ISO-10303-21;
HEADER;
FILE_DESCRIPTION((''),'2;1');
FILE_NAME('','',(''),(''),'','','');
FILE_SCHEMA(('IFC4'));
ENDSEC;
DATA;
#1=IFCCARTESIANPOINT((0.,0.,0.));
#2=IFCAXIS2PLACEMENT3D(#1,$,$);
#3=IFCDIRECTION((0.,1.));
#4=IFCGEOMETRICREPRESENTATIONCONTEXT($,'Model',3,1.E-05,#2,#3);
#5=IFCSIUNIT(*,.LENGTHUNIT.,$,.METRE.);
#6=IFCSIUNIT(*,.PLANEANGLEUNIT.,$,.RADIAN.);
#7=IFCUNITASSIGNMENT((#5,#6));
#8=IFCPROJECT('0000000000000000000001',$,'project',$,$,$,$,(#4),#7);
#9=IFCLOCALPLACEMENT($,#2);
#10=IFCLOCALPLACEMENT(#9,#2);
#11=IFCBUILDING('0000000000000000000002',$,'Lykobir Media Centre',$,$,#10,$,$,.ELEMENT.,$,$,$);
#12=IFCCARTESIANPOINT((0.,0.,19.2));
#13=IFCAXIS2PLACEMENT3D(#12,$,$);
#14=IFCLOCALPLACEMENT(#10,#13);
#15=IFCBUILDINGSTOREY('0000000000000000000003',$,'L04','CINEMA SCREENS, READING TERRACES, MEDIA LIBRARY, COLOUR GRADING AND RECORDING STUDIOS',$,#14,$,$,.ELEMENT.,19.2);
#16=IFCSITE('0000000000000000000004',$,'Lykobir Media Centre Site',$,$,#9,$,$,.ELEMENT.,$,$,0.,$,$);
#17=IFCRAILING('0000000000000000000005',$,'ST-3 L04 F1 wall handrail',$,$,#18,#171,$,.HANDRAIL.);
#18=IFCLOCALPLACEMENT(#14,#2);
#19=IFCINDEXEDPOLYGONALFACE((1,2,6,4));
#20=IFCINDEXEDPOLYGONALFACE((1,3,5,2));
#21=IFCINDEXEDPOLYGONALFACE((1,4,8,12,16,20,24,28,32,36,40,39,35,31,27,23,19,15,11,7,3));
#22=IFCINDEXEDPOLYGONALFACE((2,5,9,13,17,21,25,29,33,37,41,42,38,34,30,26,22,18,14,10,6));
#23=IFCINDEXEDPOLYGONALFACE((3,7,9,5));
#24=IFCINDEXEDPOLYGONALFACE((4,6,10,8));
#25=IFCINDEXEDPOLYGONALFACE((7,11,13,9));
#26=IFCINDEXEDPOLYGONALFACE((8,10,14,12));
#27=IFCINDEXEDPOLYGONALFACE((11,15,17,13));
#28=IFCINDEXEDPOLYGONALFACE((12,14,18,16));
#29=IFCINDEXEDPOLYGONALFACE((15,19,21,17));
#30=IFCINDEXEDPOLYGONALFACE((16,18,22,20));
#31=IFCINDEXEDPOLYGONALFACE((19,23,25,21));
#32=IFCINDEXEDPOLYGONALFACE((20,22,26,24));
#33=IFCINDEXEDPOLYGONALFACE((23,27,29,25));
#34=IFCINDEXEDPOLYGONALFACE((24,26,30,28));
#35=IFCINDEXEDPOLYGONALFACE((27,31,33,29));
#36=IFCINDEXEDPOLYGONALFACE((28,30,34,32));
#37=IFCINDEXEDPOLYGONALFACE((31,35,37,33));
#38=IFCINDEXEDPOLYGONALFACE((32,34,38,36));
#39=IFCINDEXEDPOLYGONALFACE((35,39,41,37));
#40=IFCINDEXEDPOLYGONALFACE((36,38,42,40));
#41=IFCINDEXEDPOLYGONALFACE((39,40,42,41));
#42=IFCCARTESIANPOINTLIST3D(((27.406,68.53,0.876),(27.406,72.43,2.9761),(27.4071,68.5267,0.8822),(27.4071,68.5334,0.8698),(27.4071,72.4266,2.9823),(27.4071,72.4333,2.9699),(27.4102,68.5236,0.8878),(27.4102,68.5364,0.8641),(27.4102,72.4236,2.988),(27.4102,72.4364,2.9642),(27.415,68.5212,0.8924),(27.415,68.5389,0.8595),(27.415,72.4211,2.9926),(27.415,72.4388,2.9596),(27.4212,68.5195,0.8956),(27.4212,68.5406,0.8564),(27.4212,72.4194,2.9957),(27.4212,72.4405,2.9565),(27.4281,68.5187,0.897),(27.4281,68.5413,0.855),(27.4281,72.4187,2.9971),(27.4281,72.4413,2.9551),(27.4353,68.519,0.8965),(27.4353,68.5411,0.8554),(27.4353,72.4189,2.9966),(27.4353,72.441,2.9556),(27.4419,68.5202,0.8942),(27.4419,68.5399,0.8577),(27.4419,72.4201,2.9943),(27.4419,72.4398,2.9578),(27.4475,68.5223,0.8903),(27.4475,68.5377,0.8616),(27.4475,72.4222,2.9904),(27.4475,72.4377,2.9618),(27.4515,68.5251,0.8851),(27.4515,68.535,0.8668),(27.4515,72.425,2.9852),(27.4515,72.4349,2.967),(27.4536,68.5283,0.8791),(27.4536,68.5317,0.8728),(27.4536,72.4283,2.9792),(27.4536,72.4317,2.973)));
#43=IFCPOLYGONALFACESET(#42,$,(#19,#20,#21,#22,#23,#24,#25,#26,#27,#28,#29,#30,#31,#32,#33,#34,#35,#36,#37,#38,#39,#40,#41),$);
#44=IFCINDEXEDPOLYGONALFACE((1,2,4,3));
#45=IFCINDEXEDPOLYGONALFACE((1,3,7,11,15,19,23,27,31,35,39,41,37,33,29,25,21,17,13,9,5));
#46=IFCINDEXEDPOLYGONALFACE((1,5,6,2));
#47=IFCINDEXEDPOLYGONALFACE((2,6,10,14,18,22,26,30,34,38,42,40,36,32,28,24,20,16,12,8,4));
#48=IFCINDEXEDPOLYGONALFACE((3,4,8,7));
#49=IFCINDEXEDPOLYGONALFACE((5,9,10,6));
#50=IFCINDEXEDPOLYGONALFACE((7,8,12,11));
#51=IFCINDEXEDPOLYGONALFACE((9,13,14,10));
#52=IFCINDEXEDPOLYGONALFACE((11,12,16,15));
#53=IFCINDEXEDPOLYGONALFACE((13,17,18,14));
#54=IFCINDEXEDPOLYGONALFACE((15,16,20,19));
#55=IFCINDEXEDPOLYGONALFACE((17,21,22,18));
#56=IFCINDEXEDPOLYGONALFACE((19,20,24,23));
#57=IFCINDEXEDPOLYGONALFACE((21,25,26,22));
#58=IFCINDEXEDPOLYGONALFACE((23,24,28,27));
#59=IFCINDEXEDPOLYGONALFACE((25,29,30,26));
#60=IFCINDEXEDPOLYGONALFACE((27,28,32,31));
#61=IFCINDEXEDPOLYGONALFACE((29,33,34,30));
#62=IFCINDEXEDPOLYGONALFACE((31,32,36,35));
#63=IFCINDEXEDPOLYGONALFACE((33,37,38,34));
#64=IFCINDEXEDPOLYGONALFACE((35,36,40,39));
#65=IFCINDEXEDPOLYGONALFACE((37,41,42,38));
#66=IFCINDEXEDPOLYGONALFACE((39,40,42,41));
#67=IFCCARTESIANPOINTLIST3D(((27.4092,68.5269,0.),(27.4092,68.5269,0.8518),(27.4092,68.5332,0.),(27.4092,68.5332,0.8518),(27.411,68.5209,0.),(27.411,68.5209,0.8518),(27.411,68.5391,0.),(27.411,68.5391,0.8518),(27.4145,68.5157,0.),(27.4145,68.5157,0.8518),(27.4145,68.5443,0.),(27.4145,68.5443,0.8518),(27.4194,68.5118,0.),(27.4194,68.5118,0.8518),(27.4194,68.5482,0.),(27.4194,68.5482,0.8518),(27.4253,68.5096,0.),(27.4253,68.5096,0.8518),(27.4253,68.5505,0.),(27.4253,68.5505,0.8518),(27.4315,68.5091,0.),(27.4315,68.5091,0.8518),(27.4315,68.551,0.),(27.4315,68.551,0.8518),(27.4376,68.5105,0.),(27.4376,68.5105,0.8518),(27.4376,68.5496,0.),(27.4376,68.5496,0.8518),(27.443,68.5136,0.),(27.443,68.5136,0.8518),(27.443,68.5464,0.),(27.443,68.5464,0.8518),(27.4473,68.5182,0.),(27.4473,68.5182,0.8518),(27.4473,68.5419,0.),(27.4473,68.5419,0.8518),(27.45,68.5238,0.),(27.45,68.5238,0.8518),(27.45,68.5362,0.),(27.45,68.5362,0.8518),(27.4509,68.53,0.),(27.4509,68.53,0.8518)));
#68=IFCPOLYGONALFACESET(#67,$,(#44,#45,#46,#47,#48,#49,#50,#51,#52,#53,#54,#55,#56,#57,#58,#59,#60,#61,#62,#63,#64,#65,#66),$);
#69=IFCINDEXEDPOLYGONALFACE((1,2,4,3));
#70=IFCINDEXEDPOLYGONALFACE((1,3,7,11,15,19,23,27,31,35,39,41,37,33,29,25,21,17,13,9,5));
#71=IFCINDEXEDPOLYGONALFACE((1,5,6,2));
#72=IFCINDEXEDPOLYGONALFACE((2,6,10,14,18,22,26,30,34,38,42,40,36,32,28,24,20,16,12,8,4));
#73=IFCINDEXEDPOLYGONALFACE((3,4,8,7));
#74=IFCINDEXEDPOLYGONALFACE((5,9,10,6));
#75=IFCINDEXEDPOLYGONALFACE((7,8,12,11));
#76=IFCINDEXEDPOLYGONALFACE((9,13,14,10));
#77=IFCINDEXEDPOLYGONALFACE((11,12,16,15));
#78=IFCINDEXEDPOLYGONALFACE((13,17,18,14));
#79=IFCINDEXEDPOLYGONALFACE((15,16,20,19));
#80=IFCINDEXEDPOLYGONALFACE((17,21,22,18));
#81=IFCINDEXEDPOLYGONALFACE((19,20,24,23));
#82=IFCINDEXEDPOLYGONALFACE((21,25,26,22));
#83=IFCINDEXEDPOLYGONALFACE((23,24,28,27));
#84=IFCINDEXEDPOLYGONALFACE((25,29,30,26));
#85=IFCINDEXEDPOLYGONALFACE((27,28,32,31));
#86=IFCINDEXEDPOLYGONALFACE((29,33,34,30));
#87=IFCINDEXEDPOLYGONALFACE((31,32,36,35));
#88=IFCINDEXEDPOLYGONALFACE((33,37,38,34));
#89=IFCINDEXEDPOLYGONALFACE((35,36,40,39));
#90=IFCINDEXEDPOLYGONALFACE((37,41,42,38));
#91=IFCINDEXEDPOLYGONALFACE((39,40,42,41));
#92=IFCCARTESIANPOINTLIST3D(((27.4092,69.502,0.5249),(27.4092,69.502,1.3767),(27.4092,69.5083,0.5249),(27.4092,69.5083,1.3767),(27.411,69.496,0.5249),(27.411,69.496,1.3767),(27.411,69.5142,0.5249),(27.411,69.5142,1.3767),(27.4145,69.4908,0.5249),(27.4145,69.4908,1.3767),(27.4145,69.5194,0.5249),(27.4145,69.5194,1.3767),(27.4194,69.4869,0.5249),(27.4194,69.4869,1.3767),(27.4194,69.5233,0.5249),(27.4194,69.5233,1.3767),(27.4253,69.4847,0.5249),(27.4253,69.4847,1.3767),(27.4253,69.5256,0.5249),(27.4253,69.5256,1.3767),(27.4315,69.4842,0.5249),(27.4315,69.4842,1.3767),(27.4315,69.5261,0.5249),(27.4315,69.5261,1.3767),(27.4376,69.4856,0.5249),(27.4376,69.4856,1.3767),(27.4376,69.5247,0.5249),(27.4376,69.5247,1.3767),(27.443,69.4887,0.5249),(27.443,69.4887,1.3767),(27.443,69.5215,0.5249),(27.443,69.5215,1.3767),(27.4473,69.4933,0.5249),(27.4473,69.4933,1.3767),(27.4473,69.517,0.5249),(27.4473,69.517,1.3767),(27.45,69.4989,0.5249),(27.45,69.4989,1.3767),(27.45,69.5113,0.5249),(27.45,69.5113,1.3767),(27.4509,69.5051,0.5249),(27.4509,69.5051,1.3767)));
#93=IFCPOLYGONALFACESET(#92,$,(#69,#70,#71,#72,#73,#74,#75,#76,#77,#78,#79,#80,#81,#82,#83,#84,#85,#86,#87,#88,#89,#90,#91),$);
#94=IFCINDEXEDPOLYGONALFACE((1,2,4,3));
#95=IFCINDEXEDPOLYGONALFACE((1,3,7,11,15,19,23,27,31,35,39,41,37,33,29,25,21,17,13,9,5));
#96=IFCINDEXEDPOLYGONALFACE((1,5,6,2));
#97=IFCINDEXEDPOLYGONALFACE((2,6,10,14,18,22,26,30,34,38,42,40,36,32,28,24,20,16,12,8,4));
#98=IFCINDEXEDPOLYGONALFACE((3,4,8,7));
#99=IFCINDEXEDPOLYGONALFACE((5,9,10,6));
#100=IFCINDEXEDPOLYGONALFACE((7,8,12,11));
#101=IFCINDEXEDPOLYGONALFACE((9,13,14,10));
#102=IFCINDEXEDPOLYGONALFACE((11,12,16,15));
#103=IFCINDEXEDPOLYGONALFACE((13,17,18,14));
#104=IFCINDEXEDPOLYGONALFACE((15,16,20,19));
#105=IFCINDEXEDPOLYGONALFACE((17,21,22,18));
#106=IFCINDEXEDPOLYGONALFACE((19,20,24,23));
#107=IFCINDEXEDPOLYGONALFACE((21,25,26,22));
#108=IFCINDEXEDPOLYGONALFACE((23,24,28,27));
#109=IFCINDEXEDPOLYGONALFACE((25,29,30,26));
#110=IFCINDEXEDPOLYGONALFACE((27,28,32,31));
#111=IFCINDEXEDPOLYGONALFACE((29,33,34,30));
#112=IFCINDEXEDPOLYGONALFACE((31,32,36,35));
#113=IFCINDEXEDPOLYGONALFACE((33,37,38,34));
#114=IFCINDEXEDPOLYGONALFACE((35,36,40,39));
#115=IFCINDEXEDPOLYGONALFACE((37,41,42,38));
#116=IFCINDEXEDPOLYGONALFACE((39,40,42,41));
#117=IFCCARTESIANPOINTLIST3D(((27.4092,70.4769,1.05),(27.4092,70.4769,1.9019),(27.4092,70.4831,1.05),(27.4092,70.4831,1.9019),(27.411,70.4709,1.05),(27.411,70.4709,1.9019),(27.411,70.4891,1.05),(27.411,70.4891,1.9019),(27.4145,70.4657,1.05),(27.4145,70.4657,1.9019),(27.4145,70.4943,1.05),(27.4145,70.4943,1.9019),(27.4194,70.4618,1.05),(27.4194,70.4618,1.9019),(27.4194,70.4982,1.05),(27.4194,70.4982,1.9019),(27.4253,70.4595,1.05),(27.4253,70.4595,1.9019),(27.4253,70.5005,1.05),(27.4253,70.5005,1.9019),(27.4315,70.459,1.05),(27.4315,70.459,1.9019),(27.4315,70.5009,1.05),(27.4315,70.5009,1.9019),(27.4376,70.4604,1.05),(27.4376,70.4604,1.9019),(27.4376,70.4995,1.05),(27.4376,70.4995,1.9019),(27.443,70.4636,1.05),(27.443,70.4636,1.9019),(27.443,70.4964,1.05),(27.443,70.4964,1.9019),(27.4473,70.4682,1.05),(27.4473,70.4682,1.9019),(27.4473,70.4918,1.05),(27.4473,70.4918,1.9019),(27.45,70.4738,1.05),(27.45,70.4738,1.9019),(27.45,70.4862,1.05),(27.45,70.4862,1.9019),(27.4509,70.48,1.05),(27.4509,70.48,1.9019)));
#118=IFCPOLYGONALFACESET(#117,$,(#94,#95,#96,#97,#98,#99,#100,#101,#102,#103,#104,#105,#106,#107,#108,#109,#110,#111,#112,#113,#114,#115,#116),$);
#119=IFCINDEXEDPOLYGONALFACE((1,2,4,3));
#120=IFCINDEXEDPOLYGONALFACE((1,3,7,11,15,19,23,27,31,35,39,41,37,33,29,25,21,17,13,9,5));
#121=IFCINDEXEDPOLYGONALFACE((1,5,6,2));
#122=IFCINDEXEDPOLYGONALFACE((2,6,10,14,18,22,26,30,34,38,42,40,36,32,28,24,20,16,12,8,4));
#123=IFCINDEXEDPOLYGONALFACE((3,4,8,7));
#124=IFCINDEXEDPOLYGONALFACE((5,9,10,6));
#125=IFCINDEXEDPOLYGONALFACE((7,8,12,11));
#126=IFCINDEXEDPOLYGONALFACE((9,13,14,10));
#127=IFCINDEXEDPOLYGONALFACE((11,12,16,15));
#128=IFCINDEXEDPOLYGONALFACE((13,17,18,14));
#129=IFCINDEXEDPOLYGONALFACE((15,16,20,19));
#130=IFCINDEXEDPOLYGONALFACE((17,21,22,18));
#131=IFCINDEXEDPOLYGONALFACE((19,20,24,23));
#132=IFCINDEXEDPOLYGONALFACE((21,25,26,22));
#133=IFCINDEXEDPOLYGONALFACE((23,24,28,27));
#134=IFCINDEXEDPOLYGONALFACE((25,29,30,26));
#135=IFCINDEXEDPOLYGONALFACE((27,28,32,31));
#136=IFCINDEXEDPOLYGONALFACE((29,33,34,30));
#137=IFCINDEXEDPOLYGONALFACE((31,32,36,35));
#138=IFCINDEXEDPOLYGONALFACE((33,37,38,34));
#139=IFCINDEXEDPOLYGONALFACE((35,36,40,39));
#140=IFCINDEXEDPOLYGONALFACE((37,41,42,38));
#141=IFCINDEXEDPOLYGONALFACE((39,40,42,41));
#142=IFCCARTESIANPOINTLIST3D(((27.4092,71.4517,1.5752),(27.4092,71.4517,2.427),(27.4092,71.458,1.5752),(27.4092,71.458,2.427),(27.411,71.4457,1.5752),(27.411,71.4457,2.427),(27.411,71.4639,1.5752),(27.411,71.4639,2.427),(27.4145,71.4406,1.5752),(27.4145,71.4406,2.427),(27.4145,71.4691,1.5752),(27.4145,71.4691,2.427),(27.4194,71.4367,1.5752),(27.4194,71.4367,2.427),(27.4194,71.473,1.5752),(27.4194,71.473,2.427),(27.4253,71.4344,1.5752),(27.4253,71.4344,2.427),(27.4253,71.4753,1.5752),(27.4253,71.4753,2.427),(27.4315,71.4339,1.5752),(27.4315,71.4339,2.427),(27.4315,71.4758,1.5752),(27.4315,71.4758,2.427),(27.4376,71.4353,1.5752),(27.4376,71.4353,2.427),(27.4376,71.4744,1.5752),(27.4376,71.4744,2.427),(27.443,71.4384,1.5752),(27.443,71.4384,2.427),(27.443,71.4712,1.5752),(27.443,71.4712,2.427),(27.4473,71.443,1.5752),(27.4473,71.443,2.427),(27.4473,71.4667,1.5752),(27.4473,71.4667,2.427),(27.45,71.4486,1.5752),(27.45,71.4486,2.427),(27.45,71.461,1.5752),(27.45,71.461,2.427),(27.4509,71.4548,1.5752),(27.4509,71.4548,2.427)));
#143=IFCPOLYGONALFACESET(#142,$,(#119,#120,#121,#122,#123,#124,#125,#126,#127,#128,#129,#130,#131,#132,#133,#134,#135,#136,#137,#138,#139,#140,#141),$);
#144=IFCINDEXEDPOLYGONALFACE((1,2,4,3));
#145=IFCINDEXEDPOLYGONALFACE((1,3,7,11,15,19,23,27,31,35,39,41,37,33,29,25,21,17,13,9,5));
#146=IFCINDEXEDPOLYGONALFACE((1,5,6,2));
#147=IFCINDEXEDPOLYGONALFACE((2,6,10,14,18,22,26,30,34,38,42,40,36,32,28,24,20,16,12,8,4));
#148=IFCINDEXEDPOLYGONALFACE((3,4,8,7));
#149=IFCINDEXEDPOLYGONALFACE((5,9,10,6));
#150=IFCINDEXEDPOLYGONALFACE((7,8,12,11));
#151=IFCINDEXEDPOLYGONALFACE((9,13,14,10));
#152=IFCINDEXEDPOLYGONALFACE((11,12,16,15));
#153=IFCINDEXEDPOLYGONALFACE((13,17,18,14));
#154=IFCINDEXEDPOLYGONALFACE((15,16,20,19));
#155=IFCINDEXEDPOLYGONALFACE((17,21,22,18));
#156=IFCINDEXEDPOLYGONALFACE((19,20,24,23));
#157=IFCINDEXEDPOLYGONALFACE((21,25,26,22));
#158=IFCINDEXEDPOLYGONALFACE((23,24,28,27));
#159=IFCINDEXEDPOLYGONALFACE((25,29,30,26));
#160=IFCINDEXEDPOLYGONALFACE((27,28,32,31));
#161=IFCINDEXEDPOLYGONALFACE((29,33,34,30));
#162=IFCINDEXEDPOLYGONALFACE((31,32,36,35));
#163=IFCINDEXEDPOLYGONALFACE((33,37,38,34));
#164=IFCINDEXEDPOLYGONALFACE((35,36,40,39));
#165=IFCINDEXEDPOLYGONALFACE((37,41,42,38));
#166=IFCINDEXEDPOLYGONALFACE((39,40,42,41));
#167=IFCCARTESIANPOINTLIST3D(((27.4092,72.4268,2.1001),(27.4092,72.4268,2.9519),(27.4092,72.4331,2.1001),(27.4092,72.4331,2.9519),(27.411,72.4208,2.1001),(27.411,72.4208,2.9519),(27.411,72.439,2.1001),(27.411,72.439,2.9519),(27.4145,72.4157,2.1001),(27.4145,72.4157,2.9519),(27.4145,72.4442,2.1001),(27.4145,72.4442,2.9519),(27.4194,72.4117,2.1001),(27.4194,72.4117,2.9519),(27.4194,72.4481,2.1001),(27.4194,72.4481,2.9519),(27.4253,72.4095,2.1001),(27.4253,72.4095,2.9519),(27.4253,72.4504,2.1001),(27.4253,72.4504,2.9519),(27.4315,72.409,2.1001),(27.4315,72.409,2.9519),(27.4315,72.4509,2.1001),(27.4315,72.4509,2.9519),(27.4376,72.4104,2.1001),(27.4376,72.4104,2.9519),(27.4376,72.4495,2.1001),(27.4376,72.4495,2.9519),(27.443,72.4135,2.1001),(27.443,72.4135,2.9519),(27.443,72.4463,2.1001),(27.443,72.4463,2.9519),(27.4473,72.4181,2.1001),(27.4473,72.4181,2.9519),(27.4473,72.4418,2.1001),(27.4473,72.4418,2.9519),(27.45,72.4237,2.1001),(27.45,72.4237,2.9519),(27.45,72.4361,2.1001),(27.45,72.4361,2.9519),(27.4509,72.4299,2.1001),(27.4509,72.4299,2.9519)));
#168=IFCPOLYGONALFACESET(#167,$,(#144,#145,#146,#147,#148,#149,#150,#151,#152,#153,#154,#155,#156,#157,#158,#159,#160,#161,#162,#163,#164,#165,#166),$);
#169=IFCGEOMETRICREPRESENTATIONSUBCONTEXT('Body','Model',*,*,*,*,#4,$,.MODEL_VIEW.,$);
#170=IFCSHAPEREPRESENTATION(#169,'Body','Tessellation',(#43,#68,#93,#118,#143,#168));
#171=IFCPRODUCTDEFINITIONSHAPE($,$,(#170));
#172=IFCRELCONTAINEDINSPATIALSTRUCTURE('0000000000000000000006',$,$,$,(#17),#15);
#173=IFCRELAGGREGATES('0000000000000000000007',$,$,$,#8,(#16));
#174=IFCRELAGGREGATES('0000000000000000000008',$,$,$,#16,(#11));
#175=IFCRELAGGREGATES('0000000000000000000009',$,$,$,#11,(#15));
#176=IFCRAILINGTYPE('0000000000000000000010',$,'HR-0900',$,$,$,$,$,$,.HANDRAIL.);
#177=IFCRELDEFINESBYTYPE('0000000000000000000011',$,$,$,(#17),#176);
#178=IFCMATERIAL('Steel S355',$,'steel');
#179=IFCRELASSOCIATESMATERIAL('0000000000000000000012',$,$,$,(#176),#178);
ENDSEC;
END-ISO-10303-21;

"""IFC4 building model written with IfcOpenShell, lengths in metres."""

from ifc_helpers import new_model, si_unit, direction, frame, origin, origin_2d, place, context, subcontext, project, spatial, circle, extrude, material, type_object, element, save


model = new_model("IFC4")

# Units and contexts
model_context = context("Model", 3, precision=1e-05, world=origin(), true_north=direction((0.0, 1.0)))
body_context = subcontext(model_context, "Body", "Model", "MODEL_VIEW")
ifc_project = project(units=[si_unit("LENGTHUNIT", "METRE"), si_unit("PLANEANGLEUNIT", "RADIAN")], contexts=[model_context])

# Site, building, storey
site_placement = place(None, origin())
site = spatial("IfcSite", under=ifc_project, at=site_placement, Name="Lykobir Media Centre Site", CompositionType="ELEMENT", RefElevation=0.0)
building_placement = place(site_placement, origin())
building = spatial("IfcBuilding", under=site, at=building_placement, Name="Lykobir Media Centre", CompositionType="ELEMENT")
storey_placement = place(building_placement, frame((0.0, 0.0, 19.2)))
storey = spatial("IfcBuildingStorey", under=building, at=storey_placement, Name="L04", Description="CINEMA SCREENS, READING TERRACES, MEDIA LIBRARY, COLOUR GRADING AND RECORDING STUDIOS", CompositionType="ELEMENT", Elevation=19.2)

# Shared definitions
ifc_material_1 = material(Name="Steel S355", Category="steel")

# Railing
railing_type_1 = type_object("IfcRailingType", Name="HR-0900", PredefinedType="HANDRAIL", material=ifc_material_1)
railing_1_placement = place(storey_placement, frame((27.4299, 68.53, 0.0)))
element("IfcRailing", 1, at=railing_1_placement, inside=storey, type_object=railing_type_1, Name="ST-3 L04 F1 wall handrail", PredefinedType="HANDRAIL", context=body_context, shape_type="SweptSolid", body=[
    extrude(circle(Radius=0.0239, at=origin_2d()), frame((0.0, 0.0, 0.876), z_axis=(0.0, 0.880457, 0.474126), x_axis=(-1.0, 0.0, 0.0)), (0.0, 0.0, 1.0), 4.4294),
    extrude(circle(Radius=0.021, at=origin_2d()), origin(), (0.0, 0.0, 1.0), 0.8518),
    extrude(circle(Radius=0.021, at=origin_2d()), frame((0.0, 0.9751, 0.5249)), (0.0, 0.0, 1.0), 0.8518),
    extrude(circle(Radius=0.021, at=origin_2d()), frame((0.0, 1.95, 1.05)), (0.0, 0.0, 1.0), 0.8518),
    extrude(circle(Radius=0.021, at=origin_2d()), frame((0.0, 2.9248, 1.5752)), (0.0, 0.0, 1.0), 0.8518),
    extrude(circle(Radius=0.021, at=origin_2d()), frame((0.0, 3.8999, 2.1001)), (0.0, 0.0, 1.0), 0.8518),
])

save(model, "model.ifc")
